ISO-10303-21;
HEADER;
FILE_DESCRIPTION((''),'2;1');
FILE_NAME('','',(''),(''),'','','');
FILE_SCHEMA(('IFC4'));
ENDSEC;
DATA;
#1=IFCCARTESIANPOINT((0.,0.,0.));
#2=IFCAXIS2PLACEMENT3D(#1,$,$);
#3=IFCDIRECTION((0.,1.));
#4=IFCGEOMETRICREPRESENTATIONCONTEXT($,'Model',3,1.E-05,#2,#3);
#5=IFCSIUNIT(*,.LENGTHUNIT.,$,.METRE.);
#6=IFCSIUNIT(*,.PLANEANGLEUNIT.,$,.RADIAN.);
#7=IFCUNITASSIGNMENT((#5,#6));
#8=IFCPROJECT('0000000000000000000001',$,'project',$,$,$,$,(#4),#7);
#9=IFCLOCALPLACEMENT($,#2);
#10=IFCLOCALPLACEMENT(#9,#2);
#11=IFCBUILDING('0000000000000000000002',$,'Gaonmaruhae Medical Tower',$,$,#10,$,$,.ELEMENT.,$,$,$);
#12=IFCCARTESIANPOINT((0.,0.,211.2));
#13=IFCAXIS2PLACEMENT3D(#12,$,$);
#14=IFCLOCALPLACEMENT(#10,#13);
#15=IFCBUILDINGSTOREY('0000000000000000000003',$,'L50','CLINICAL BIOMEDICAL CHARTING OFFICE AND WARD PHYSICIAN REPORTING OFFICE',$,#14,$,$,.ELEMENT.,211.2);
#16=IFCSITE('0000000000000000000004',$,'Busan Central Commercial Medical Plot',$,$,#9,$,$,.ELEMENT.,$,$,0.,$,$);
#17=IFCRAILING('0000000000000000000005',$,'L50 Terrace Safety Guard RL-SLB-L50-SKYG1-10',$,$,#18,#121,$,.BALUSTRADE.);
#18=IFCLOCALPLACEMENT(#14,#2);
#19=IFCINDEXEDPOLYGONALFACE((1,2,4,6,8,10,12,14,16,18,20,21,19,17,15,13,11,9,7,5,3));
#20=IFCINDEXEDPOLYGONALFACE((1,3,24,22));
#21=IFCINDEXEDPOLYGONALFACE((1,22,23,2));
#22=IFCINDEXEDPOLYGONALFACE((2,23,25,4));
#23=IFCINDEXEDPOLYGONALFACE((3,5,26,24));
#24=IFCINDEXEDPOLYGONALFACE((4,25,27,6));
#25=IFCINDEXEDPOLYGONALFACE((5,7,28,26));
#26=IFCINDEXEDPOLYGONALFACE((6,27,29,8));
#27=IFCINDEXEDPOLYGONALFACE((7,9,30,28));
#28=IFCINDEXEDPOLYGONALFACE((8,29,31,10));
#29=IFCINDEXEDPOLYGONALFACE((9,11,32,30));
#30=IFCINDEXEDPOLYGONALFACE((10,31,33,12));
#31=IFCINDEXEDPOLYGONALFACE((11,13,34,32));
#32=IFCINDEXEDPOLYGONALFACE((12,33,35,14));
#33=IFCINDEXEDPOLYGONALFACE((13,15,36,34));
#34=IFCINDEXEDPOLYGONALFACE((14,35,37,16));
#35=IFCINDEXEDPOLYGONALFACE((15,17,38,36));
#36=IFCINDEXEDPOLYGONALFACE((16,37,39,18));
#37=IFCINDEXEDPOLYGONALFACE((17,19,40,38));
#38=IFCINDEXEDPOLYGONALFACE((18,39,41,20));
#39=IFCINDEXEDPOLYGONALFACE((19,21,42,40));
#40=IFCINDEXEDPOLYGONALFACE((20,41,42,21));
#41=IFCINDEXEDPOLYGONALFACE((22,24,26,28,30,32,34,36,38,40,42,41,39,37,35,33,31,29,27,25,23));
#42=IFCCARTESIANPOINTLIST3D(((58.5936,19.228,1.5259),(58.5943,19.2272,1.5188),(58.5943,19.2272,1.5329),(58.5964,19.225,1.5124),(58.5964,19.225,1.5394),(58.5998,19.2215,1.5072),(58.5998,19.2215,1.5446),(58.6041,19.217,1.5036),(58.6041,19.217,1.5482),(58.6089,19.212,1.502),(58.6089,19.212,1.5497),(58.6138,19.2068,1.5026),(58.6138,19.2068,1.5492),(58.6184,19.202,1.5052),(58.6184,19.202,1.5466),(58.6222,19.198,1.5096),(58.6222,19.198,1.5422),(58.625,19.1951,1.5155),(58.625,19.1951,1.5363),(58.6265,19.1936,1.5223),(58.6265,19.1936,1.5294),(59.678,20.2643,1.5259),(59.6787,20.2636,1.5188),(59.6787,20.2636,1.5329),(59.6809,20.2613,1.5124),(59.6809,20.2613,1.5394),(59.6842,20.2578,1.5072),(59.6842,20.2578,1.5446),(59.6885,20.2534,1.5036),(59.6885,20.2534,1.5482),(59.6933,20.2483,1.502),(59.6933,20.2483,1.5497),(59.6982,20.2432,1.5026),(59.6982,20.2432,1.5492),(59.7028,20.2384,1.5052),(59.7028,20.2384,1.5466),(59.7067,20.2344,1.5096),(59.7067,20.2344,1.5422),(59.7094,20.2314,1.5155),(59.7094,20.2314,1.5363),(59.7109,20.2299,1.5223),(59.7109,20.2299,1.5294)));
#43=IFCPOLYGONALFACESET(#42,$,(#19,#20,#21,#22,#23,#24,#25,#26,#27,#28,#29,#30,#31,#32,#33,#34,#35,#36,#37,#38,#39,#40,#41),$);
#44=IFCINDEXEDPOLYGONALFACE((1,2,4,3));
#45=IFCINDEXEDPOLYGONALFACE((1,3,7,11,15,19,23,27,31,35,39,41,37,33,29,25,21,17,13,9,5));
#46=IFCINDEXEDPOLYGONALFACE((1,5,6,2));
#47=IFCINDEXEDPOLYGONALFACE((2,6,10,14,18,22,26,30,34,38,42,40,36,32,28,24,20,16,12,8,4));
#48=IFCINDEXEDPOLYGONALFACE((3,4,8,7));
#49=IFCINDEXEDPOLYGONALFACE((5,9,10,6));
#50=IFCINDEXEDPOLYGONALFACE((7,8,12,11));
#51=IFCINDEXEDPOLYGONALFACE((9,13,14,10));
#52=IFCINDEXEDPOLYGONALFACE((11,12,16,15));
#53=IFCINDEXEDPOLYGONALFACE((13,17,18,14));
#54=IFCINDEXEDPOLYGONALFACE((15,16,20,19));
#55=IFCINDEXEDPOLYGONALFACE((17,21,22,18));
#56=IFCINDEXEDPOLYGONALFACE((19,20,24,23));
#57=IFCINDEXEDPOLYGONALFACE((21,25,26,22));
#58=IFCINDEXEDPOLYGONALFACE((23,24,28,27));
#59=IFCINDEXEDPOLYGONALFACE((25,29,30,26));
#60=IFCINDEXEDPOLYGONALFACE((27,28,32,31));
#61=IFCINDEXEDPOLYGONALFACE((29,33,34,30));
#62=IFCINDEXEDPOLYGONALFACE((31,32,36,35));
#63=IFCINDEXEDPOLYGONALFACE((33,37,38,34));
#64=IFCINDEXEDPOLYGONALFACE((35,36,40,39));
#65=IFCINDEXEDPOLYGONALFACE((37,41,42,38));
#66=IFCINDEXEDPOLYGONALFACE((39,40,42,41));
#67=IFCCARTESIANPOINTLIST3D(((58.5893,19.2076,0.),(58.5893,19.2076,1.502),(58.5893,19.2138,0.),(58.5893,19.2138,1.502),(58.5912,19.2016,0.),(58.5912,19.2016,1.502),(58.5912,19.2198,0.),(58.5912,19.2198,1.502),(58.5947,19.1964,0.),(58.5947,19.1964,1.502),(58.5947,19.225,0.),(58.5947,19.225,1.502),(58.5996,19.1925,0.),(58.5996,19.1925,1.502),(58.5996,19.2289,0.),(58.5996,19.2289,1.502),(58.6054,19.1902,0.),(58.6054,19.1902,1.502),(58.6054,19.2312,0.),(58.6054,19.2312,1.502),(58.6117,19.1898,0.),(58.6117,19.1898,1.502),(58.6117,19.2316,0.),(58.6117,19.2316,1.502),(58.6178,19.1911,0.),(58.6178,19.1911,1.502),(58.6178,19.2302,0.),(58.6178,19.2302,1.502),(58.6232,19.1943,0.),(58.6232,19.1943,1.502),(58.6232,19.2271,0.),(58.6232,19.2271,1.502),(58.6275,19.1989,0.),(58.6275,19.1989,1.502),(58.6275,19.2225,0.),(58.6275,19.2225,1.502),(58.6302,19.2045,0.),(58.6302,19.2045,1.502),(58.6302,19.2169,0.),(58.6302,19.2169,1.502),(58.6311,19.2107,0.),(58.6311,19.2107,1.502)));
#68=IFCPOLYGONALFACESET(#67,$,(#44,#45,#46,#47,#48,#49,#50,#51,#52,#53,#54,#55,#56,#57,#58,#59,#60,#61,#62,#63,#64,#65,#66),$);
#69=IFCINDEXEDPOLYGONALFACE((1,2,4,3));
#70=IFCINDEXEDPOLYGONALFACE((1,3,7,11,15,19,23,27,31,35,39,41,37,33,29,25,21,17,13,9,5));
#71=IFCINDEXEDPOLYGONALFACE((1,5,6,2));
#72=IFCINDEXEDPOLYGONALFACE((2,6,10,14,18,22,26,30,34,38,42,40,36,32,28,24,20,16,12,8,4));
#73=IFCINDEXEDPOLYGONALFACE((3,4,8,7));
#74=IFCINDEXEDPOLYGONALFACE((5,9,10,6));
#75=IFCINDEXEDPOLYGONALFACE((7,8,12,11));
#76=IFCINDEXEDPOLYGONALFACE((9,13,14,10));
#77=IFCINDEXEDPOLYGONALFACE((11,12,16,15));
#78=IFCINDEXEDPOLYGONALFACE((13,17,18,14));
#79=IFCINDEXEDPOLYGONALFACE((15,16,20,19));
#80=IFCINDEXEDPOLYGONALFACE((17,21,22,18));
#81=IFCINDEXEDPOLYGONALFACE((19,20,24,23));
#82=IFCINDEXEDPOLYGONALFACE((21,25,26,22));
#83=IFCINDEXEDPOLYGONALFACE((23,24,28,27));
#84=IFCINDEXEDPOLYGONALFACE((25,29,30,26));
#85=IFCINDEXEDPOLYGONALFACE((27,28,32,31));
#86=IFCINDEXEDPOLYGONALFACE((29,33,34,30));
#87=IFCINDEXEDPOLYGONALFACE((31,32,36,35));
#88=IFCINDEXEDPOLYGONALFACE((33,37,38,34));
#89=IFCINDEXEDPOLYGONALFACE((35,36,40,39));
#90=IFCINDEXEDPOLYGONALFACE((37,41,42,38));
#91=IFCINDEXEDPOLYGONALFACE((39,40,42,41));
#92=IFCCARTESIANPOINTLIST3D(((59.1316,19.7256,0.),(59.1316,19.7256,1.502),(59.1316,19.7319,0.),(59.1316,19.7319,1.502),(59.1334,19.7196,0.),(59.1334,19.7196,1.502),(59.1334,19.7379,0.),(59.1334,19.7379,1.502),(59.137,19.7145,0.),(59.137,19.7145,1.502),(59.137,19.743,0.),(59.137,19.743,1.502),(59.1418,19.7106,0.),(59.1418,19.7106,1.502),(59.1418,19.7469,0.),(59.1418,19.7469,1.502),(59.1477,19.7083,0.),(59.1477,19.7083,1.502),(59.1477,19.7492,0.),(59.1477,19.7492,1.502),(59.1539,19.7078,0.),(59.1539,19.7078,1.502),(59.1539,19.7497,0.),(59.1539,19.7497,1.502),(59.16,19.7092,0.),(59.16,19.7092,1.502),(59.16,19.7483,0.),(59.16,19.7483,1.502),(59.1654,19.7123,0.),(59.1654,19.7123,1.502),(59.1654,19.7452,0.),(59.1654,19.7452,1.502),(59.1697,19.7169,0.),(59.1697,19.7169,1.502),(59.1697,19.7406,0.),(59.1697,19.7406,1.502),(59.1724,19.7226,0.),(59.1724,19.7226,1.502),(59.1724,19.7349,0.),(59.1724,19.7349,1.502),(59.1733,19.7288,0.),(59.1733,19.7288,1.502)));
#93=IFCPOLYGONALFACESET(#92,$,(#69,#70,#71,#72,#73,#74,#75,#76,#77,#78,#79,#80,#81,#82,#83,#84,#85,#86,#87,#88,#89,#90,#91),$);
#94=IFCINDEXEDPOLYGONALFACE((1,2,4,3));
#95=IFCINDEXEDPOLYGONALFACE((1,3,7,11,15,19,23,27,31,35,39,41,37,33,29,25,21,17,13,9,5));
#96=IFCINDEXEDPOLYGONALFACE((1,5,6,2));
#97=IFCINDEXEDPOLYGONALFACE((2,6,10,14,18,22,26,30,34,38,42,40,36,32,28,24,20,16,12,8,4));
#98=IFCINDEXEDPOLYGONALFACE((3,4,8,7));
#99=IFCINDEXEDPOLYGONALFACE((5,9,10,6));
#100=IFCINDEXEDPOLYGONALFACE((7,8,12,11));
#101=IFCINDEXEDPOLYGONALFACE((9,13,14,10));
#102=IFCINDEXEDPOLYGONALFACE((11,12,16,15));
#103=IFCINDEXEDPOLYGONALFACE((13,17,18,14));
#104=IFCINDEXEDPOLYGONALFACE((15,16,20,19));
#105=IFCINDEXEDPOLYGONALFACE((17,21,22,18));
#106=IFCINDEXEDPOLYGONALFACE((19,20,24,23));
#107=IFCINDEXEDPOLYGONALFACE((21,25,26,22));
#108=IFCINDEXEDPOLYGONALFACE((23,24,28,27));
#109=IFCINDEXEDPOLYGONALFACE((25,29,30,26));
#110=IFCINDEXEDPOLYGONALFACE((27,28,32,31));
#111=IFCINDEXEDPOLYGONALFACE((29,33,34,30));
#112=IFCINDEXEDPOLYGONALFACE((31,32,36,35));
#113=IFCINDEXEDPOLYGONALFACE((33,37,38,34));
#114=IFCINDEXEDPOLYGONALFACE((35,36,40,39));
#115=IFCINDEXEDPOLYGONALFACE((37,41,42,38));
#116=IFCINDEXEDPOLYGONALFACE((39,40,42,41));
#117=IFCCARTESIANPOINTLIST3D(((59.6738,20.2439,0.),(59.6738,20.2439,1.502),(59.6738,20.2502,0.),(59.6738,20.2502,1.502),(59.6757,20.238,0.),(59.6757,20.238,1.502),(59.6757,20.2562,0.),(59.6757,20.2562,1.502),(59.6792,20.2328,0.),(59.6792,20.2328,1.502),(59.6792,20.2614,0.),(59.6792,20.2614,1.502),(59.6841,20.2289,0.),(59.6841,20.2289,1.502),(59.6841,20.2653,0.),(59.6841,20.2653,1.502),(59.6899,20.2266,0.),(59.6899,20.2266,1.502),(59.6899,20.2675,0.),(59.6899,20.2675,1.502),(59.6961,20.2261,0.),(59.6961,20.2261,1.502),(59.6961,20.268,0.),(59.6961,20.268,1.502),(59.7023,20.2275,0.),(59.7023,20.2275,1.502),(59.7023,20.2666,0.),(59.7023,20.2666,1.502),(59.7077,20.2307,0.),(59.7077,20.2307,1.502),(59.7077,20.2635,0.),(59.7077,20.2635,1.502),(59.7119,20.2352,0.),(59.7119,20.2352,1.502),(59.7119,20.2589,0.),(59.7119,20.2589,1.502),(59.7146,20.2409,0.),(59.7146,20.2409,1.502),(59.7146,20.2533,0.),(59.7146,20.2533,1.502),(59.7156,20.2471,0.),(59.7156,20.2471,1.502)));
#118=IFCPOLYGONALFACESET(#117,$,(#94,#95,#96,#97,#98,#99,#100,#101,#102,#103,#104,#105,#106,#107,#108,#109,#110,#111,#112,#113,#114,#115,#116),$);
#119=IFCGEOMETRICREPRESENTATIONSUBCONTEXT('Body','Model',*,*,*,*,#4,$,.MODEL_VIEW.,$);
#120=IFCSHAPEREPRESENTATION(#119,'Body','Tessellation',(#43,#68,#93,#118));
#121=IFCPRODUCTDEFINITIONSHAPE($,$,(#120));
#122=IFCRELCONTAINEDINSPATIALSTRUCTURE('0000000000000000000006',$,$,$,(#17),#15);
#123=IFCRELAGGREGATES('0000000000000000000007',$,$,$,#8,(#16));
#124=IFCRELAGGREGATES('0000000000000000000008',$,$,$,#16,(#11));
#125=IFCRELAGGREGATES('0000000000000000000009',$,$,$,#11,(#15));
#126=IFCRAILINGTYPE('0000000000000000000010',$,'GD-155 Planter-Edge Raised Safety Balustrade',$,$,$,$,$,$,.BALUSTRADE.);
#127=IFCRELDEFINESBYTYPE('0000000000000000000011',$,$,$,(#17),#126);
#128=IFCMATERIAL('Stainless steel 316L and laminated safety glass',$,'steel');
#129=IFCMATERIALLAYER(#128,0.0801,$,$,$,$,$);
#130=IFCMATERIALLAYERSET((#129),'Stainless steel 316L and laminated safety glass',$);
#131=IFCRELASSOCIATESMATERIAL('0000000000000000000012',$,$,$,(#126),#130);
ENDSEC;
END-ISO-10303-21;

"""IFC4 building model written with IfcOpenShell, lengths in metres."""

from ifc_helpers import new_model, si_unit, direction, frame, origin, origin_2d, place, context, subcontext, project, spatial, circle, extrude, material, layer, layer_set, type_object, element, save


model = new_model("IFC4")

# Units and contexts
model_context = context("Model", 3, precision=1e-05, world=origin(), true_north=direction((0.0, 1.0)))
body_context = subcontext(model_context, "Body", "Model", "MODEL_VIEW")
ifc_project = project(units=[si_unit("LENGTHUNIT", "METRE"), si_unit("PLANEANGLEUNIT", "RADIAN")], contexts=[model_context])

# Site, building, storey
site_placement = place(None, origin())
site = spatial("IfcSite", under=ifc_project, at=site_placement, Name="Busan Central Commercial Medical Plot", CompositionType="ELEMENT", RefElevation=0.0)
building_placement = place(site_placement, origin())
building = spatial("IfcBuilding", under=site, at=building_placement, Name="Gaonmaruhae Medical Tower", CompositionType="ELEMENT")
storey_placement = place(building_placement, frame((0.0, 0.0, 211.2)))
storey = spatial("IfcBuildingStorey", under=building, at=storey_placement, Name="L50", Description="CLINICAL BIOMEDICAL CHARTING OFFICE AND WARD PHYSICIAN REPORTING OFFICE", CompositionType="ELEMENT", Elevation=211.2)

# Railing
ifc_material_1 = material(Name="Stainless steel 316L and laminated safety glass", Category="steel")
ifc_layer_1 = layer(ifc_material_1, 0.0801)
ifc_layer_set_1 = layer_set([ifc_layer_1], Name="Stainless steel 316L and laminated safety glass")
railing_type = type_object("IfcRailingType", Name="GD-155 Planter-Edge Raised Safety Balustrade", PredefinedType="BALUSTRADE", material=ifc_layer_set_1)
railing_1_placement = place(storey_placement, frame((58.6101, 19.2107, 0.0)))
element("IfcRailing", 1, at=railing_1_placement, inside=storey, type_object=railing_type, Name="L50 Terrace Safety Guard RL-SLB-L50-SKYG1-10", PredefinedType="BALUSTRADE", context=body_context, shape_type="SweptSolid", body=[
    extrude(circle(Radius=0.0239, at=origin_2d()), frame((0.0, 0.0, 1.5259), z_axis=(0.722956, 0.690894, 0.0), x_axis=(-0.690894, 0.722956, 0.0)), (0.0, 0.0, 1.0), 1.5),
    extrude(circle(Radius=0.021, at=origin_2d()), origin(), (0.0, 0.0, 1.0), 1.502),
    extrude(circle(Radius=0.021, at=origin_2d()), frame((0.5422, 0.5181, 0.0)), (0.0, 0.0, 1.0), 1.502),
    extrude(circle(Radius=0.021, at=origin_2d()), frame((1.0845, 1.0364, 0.0)), (0.0, 0.0, 1.0), 1.502),
])

save(model, "model.ifc")
